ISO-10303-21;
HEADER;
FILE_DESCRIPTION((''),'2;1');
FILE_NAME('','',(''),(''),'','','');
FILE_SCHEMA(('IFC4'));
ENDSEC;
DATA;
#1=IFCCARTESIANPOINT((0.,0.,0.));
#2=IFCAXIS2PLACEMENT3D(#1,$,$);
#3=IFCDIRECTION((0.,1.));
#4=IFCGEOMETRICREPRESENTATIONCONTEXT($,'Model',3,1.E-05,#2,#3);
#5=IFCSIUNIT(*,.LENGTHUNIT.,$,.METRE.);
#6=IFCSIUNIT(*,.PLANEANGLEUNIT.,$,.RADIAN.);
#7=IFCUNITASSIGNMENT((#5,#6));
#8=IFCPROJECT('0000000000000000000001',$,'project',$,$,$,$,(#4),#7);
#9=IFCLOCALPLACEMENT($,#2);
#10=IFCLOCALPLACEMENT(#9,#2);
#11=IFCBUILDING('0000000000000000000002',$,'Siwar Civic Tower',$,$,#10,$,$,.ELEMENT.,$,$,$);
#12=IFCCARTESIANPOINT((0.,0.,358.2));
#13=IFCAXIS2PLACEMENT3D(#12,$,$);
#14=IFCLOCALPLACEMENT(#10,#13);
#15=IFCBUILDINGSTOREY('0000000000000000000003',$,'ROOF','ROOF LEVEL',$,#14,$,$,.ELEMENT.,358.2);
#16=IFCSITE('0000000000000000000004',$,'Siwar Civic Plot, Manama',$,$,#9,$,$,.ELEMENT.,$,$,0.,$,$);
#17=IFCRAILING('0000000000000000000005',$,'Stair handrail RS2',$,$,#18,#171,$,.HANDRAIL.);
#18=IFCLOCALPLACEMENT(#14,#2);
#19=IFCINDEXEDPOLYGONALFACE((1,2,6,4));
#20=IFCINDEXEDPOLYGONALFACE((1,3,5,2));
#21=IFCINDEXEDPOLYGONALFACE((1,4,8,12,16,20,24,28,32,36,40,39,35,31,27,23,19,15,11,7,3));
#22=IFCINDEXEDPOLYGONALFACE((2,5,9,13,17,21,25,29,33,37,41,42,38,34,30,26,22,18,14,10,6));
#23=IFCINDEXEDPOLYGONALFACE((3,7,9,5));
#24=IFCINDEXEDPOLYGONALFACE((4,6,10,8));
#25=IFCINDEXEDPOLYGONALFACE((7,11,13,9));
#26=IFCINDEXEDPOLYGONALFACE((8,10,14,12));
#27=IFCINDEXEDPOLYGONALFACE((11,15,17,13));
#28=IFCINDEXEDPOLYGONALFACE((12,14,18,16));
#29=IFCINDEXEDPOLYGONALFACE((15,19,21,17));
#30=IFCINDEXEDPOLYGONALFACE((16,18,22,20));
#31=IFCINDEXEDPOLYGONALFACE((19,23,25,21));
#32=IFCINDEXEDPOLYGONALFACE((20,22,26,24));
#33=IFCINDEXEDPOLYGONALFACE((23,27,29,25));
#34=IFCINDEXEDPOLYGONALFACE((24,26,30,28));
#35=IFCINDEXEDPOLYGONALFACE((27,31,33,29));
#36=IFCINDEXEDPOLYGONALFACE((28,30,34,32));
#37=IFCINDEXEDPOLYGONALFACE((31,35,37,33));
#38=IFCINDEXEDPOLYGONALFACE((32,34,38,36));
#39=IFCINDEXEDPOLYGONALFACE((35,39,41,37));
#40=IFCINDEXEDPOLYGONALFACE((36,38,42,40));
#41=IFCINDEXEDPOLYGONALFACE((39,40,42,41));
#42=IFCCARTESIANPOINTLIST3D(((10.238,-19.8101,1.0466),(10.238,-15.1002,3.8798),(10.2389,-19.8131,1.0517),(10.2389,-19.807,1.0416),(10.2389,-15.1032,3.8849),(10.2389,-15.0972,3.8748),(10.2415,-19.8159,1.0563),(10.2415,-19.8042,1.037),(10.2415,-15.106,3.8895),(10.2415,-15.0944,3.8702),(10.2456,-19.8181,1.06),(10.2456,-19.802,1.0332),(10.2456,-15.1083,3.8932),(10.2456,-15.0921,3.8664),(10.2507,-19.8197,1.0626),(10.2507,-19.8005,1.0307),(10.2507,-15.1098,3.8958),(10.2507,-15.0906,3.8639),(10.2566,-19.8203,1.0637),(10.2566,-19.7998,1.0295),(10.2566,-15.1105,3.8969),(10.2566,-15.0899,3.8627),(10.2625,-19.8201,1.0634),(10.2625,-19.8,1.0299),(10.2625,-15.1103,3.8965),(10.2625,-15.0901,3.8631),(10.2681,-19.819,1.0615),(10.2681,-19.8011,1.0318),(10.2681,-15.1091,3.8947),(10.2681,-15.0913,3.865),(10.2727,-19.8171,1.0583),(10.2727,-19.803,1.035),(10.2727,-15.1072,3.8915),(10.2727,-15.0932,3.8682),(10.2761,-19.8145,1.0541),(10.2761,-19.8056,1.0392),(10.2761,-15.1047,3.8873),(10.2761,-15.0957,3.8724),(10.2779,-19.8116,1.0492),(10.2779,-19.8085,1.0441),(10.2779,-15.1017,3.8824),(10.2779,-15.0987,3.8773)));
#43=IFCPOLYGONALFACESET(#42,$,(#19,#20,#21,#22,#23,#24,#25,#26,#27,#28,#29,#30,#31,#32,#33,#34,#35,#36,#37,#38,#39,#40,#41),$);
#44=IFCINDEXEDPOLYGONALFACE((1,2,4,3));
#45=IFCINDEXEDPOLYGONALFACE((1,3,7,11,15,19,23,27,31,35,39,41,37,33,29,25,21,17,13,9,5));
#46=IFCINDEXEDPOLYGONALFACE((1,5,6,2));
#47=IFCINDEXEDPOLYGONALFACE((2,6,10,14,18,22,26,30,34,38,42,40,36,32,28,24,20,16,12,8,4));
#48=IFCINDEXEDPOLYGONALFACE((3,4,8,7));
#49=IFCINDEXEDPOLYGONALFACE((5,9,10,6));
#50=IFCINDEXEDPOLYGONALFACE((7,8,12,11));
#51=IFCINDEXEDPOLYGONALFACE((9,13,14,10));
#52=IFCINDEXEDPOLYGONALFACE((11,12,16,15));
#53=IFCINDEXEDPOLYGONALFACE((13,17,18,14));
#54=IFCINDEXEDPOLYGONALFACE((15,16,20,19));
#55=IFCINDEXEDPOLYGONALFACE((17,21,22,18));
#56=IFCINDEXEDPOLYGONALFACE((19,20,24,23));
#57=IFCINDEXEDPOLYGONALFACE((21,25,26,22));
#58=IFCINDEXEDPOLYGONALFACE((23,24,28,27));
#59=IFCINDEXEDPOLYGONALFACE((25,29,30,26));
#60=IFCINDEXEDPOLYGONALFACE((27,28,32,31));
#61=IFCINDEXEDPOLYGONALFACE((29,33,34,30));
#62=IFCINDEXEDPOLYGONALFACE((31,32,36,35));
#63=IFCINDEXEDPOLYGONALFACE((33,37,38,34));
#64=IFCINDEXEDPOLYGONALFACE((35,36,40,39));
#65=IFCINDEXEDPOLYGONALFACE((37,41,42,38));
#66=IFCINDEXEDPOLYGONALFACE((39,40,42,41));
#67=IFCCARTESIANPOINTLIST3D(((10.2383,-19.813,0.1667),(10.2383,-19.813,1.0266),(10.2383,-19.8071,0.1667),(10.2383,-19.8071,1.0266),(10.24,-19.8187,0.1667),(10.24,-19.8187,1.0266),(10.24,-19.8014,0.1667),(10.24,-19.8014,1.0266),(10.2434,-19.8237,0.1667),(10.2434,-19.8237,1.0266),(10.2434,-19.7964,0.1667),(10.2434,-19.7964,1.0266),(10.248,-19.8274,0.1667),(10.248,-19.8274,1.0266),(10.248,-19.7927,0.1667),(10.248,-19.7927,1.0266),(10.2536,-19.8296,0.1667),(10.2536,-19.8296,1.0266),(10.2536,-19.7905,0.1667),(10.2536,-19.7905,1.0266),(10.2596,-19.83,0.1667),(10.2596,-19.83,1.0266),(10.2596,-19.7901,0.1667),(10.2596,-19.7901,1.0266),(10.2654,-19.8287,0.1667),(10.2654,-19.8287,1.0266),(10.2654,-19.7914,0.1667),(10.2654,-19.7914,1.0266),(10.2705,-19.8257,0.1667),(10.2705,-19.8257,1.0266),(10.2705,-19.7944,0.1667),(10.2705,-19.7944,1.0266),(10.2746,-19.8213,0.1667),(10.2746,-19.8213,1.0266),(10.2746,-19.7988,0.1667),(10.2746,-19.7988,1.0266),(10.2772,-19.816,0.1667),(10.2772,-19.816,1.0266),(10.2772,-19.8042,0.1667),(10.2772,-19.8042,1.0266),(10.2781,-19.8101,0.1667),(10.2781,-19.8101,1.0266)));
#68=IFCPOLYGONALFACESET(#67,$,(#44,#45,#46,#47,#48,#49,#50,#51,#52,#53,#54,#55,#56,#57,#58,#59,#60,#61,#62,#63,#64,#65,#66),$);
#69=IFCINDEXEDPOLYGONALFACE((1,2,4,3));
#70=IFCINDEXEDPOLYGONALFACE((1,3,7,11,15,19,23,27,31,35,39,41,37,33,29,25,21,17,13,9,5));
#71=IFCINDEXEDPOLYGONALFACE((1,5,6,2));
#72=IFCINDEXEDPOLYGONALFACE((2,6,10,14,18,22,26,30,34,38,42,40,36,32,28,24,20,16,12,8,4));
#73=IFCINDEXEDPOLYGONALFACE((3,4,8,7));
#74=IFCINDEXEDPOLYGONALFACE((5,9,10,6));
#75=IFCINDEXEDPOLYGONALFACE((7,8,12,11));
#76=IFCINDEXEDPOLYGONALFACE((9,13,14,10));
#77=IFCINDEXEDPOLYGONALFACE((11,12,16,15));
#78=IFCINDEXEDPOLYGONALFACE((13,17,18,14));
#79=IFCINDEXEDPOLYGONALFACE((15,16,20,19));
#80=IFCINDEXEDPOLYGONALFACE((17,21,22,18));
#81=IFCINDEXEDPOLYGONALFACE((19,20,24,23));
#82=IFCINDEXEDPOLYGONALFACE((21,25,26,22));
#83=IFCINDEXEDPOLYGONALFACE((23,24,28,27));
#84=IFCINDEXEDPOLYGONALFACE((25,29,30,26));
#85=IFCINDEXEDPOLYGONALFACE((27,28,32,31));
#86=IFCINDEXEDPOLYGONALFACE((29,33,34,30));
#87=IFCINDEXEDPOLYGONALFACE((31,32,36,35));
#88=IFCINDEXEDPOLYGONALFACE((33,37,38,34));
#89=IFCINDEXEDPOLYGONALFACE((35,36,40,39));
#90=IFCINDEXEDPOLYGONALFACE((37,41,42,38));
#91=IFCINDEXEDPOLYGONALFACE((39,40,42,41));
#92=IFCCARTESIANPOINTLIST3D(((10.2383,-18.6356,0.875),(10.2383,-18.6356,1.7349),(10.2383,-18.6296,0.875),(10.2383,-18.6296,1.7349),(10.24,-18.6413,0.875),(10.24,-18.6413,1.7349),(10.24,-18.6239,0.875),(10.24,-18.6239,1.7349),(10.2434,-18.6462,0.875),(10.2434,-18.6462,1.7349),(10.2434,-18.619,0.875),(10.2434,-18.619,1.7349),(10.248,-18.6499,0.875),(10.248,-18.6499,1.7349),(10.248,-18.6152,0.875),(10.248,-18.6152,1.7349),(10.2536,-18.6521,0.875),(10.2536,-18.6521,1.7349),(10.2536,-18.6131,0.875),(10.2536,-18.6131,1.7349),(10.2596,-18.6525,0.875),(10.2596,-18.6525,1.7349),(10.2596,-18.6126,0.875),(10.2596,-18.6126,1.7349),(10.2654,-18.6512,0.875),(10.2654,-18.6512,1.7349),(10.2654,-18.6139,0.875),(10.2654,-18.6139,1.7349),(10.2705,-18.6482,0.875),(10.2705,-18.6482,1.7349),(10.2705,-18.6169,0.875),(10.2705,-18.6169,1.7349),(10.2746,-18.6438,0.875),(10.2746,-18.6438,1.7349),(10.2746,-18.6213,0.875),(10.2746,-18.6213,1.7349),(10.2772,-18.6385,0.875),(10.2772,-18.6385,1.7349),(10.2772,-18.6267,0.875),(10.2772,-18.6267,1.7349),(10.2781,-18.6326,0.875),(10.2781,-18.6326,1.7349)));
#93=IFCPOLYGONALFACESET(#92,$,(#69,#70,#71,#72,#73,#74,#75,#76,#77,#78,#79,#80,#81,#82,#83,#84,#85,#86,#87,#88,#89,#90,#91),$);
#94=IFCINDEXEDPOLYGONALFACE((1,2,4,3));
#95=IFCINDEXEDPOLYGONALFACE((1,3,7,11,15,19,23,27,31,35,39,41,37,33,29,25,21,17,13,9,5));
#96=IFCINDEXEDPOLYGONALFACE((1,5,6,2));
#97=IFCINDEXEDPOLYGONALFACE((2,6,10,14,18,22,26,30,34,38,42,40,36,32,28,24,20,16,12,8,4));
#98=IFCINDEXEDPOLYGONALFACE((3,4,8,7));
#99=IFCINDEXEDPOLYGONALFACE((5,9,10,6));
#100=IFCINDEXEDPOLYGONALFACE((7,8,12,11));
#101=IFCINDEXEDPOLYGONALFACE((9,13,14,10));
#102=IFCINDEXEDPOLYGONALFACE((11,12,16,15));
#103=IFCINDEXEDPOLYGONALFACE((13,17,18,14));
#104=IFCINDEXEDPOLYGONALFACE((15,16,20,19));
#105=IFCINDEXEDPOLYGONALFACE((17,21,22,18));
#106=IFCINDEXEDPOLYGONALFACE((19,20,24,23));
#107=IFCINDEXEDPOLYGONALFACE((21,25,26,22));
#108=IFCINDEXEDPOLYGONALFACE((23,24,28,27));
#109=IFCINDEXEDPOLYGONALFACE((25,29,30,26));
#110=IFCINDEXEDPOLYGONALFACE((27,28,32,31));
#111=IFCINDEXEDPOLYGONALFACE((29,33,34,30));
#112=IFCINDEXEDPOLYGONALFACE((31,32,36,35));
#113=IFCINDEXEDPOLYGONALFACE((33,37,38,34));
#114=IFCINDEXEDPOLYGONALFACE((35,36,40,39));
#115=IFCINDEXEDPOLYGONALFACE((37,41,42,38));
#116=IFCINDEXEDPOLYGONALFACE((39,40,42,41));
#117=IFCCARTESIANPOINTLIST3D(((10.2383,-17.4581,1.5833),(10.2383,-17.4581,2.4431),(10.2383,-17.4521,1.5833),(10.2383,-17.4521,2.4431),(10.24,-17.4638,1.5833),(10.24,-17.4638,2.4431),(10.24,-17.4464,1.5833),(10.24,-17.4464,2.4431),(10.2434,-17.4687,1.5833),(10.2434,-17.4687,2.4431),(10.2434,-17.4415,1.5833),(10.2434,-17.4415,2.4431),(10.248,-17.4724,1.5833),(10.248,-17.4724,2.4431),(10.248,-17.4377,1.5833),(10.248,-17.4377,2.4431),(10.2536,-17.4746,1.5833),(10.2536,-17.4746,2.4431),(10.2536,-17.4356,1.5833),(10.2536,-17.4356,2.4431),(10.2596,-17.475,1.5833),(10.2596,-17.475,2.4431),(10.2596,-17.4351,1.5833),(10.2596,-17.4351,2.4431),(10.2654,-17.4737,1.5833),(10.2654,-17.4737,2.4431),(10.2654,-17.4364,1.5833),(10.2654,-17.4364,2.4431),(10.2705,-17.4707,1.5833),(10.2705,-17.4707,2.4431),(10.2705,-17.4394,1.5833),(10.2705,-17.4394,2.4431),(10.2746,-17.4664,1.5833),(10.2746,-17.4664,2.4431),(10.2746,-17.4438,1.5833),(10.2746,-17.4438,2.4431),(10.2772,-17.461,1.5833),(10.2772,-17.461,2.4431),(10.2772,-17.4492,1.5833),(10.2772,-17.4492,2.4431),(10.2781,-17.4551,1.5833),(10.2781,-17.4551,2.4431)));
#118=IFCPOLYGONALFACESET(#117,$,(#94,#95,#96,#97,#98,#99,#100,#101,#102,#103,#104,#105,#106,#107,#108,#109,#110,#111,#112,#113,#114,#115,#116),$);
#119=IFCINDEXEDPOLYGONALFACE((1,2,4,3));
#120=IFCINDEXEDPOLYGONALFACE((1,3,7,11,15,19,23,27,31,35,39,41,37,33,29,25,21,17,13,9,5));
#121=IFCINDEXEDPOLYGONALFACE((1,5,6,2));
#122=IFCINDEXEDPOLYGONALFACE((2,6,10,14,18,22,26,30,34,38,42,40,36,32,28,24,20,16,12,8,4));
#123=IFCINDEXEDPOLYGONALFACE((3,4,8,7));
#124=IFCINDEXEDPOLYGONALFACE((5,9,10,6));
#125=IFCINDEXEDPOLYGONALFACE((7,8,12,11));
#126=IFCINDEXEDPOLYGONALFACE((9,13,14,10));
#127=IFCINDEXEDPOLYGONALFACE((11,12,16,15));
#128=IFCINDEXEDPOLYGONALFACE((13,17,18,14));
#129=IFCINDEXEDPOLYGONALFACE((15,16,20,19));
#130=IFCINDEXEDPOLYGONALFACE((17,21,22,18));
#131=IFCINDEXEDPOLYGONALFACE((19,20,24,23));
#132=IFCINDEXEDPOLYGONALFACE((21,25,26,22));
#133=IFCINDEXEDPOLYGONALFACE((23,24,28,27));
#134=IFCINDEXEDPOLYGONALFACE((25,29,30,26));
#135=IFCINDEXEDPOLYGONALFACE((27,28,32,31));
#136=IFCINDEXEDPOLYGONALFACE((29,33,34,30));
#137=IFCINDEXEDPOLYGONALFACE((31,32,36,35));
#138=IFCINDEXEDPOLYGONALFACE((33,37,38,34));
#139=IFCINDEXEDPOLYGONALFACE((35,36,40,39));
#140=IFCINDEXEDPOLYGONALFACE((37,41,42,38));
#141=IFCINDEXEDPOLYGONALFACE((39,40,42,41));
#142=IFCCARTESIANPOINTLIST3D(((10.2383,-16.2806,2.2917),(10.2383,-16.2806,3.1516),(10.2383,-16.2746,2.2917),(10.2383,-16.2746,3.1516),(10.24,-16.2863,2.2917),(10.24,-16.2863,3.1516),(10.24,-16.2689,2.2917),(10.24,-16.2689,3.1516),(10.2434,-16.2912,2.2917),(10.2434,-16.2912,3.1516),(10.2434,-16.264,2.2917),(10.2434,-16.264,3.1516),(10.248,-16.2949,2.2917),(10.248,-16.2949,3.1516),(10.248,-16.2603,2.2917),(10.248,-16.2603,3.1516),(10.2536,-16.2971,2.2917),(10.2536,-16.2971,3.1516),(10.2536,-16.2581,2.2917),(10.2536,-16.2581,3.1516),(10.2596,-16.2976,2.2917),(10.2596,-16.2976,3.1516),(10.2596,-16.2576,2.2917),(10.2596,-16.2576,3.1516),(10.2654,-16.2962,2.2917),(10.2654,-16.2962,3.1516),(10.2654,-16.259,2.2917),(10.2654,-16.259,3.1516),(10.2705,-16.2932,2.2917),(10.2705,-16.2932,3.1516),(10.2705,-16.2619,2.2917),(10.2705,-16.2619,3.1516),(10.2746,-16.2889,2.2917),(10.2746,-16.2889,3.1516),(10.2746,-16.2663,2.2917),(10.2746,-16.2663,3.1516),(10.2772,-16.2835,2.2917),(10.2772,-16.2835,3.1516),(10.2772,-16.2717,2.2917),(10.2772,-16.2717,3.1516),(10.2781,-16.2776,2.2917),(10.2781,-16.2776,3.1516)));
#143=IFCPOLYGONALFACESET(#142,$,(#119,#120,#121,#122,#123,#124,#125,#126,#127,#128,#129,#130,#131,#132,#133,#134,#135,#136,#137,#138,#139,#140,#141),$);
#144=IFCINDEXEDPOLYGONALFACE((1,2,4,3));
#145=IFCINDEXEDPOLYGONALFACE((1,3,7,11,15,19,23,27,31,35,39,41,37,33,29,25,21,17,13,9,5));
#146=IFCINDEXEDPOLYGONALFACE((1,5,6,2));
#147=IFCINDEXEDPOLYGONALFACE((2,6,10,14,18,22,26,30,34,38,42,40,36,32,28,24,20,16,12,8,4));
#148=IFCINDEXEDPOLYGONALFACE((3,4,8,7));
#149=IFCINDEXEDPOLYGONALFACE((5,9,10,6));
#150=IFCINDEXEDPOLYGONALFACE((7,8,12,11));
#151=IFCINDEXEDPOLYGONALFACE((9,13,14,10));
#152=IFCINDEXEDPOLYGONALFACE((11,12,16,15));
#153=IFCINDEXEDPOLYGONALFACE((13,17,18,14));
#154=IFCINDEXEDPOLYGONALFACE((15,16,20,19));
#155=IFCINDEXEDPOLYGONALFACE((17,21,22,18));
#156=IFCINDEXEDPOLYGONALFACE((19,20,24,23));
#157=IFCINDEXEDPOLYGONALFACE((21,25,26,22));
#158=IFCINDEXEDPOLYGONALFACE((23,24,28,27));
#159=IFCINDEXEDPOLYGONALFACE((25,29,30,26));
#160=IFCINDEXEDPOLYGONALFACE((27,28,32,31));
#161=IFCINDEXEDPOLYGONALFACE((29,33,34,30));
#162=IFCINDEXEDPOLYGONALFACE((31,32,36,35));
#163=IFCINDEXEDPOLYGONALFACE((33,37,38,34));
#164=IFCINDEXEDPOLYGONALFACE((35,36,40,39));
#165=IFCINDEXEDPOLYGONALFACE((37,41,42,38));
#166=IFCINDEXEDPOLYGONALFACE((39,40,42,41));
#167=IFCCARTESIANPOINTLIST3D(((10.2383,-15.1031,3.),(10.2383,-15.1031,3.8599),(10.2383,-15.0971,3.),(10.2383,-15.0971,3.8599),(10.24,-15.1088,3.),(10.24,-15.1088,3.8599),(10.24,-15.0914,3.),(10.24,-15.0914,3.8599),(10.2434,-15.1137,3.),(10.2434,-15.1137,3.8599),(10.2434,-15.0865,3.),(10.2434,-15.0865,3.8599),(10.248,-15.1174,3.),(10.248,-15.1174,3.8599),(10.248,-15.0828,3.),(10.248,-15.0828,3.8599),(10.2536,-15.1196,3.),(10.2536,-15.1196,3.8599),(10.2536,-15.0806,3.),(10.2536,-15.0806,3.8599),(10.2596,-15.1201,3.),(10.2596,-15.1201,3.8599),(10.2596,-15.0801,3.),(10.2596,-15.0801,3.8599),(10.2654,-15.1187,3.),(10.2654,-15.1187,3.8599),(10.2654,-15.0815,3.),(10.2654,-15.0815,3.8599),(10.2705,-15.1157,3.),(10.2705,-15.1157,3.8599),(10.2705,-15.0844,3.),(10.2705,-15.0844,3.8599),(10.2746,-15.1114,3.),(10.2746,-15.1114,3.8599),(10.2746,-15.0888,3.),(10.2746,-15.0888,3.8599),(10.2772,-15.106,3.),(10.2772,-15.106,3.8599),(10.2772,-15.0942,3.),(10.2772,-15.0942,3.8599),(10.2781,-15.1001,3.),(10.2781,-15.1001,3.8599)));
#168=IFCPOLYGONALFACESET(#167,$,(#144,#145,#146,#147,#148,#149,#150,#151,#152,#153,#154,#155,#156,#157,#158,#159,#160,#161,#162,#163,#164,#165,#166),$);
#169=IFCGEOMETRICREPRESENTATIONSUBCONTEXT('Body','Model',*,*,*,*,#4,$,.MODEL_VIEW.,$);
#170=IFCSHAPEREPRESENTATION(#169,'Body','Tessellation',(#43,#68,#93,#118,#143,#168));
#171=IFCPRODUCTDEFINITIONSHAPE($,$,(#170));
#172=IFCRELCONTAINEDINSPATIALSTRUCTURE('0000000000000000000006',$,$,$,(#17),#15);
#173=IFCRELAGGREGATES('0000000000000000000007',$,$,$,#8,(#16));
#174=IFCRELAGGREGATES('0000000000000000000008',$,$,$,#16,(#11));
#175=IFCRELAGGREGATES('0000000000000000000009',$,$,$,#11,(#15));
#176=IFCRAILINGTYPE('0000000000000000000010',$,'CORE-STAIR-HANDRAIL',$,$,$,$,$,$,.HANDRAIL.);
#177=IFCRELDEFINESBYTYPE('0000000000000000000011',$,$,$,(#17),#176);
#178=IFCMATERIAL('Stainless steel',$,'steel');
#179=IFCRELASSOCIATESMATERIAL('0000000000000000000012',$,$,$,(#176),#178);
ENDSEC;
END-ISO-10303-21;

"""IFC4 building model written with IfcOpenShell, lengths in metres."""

from ifc_helpers import new_model, si_unit, direction, frame, origin, origin_2d, place, context, subcontext, project, spatial, circle, extrude, material, type_object, element, save


model = new_model("IFC4")

# Units and contexts
model_context = context("Model", 3, precision=1e-05, world=origin(), true_north=direction((0.0, 1.0)))
body_context = subcontext(model_context, "Body", "Model", "MODEL_VIEW")
ifc_project = project(units=[si_unit("LENGTHUNIT", "METRE"), si_unit("PLANEANGLEUNIT", "RADIAN")], contexts=[model_context])

# Site, building, storey
site_placement = place(None, origin())
site = spatial("IfcSite", under=ifc_project, at=site_placement, Name="Siwar Civic Plot, Manama", CompositionType="ELEMENT", RefElevation=0.0)
building_placement = place(site_placement, origin())
building = spatial("IfcBuilding", under=site, at=building_placement, Name="Siwar Civic Tower", CompositionType="ELEMENT")
storey_placement = place(building_placement, frame((0.0, 0.0, 358.2)))
storey = spatial("IfcBuildingStorey", under=building, at=storey_placement, Name="ROOF", Description="ROOF LEVEL", CompositionType="ELEMENT", Elevation=358.2)

# Railing
ifc_material_1 = material(Name="Stainless steel", Category="steel")
railing_type_1 = type_object("IfcRailingType", Name="CORE-STAIR-HANDRAIL", PredefinedType="HANDRAIL", material=ifc_material_1)
for number, where, name in (
    (1, (10.2581, -19.8101, 0.1667), "Stair handrail RS2"),
):
    element("IfcRailing", number, at=place(storey_placement, frame(where)), inside=storey, type_object=railing_type_1, Name=name, PredefinedType="HANDRAIL", context=body_context, shape_type="SweptSolid", body=[
        extrude(circle(Radius=0.02, at=origin_2d()), frame((0.0, 0.0, 0.8799), z_axis=(0.0, 0.856908, 0.515469), x_axis=(-1.0, 0.0, 0.0)), (0.0, 0.0, 1.0), 5.4963),
        extrude(circle(Radius=0.02, at=origin_2d()), origin(), (0.0, 0.0, 1.0), 0.8599),
        extrude(circle(Radius=0.02, at=origin_2d()), frame((0.0, 1.1775, 0.7083)), (0.0, 0.0, 1.0), 0.8599),
        extrude(circle(Radius=0.02, at=origin_2d()), frame((0.0, 2.355, 1.4165)), (0.0, 0.0, 1.0), 0.8599),
        extrude(circle(Radius=0.02, at=origin_2d()), frame((0.0, 3.5325, 2.125)), (0.0, 0.0, 1.0), 0.8599),
        extrude(circle(Radius=0.02, at=origin_2d()), frame((0.0, 4.71, 2.8333)), (0.0, 0.0, 1.0), 0.8599),
    ])

save(model, "model.ifc")
